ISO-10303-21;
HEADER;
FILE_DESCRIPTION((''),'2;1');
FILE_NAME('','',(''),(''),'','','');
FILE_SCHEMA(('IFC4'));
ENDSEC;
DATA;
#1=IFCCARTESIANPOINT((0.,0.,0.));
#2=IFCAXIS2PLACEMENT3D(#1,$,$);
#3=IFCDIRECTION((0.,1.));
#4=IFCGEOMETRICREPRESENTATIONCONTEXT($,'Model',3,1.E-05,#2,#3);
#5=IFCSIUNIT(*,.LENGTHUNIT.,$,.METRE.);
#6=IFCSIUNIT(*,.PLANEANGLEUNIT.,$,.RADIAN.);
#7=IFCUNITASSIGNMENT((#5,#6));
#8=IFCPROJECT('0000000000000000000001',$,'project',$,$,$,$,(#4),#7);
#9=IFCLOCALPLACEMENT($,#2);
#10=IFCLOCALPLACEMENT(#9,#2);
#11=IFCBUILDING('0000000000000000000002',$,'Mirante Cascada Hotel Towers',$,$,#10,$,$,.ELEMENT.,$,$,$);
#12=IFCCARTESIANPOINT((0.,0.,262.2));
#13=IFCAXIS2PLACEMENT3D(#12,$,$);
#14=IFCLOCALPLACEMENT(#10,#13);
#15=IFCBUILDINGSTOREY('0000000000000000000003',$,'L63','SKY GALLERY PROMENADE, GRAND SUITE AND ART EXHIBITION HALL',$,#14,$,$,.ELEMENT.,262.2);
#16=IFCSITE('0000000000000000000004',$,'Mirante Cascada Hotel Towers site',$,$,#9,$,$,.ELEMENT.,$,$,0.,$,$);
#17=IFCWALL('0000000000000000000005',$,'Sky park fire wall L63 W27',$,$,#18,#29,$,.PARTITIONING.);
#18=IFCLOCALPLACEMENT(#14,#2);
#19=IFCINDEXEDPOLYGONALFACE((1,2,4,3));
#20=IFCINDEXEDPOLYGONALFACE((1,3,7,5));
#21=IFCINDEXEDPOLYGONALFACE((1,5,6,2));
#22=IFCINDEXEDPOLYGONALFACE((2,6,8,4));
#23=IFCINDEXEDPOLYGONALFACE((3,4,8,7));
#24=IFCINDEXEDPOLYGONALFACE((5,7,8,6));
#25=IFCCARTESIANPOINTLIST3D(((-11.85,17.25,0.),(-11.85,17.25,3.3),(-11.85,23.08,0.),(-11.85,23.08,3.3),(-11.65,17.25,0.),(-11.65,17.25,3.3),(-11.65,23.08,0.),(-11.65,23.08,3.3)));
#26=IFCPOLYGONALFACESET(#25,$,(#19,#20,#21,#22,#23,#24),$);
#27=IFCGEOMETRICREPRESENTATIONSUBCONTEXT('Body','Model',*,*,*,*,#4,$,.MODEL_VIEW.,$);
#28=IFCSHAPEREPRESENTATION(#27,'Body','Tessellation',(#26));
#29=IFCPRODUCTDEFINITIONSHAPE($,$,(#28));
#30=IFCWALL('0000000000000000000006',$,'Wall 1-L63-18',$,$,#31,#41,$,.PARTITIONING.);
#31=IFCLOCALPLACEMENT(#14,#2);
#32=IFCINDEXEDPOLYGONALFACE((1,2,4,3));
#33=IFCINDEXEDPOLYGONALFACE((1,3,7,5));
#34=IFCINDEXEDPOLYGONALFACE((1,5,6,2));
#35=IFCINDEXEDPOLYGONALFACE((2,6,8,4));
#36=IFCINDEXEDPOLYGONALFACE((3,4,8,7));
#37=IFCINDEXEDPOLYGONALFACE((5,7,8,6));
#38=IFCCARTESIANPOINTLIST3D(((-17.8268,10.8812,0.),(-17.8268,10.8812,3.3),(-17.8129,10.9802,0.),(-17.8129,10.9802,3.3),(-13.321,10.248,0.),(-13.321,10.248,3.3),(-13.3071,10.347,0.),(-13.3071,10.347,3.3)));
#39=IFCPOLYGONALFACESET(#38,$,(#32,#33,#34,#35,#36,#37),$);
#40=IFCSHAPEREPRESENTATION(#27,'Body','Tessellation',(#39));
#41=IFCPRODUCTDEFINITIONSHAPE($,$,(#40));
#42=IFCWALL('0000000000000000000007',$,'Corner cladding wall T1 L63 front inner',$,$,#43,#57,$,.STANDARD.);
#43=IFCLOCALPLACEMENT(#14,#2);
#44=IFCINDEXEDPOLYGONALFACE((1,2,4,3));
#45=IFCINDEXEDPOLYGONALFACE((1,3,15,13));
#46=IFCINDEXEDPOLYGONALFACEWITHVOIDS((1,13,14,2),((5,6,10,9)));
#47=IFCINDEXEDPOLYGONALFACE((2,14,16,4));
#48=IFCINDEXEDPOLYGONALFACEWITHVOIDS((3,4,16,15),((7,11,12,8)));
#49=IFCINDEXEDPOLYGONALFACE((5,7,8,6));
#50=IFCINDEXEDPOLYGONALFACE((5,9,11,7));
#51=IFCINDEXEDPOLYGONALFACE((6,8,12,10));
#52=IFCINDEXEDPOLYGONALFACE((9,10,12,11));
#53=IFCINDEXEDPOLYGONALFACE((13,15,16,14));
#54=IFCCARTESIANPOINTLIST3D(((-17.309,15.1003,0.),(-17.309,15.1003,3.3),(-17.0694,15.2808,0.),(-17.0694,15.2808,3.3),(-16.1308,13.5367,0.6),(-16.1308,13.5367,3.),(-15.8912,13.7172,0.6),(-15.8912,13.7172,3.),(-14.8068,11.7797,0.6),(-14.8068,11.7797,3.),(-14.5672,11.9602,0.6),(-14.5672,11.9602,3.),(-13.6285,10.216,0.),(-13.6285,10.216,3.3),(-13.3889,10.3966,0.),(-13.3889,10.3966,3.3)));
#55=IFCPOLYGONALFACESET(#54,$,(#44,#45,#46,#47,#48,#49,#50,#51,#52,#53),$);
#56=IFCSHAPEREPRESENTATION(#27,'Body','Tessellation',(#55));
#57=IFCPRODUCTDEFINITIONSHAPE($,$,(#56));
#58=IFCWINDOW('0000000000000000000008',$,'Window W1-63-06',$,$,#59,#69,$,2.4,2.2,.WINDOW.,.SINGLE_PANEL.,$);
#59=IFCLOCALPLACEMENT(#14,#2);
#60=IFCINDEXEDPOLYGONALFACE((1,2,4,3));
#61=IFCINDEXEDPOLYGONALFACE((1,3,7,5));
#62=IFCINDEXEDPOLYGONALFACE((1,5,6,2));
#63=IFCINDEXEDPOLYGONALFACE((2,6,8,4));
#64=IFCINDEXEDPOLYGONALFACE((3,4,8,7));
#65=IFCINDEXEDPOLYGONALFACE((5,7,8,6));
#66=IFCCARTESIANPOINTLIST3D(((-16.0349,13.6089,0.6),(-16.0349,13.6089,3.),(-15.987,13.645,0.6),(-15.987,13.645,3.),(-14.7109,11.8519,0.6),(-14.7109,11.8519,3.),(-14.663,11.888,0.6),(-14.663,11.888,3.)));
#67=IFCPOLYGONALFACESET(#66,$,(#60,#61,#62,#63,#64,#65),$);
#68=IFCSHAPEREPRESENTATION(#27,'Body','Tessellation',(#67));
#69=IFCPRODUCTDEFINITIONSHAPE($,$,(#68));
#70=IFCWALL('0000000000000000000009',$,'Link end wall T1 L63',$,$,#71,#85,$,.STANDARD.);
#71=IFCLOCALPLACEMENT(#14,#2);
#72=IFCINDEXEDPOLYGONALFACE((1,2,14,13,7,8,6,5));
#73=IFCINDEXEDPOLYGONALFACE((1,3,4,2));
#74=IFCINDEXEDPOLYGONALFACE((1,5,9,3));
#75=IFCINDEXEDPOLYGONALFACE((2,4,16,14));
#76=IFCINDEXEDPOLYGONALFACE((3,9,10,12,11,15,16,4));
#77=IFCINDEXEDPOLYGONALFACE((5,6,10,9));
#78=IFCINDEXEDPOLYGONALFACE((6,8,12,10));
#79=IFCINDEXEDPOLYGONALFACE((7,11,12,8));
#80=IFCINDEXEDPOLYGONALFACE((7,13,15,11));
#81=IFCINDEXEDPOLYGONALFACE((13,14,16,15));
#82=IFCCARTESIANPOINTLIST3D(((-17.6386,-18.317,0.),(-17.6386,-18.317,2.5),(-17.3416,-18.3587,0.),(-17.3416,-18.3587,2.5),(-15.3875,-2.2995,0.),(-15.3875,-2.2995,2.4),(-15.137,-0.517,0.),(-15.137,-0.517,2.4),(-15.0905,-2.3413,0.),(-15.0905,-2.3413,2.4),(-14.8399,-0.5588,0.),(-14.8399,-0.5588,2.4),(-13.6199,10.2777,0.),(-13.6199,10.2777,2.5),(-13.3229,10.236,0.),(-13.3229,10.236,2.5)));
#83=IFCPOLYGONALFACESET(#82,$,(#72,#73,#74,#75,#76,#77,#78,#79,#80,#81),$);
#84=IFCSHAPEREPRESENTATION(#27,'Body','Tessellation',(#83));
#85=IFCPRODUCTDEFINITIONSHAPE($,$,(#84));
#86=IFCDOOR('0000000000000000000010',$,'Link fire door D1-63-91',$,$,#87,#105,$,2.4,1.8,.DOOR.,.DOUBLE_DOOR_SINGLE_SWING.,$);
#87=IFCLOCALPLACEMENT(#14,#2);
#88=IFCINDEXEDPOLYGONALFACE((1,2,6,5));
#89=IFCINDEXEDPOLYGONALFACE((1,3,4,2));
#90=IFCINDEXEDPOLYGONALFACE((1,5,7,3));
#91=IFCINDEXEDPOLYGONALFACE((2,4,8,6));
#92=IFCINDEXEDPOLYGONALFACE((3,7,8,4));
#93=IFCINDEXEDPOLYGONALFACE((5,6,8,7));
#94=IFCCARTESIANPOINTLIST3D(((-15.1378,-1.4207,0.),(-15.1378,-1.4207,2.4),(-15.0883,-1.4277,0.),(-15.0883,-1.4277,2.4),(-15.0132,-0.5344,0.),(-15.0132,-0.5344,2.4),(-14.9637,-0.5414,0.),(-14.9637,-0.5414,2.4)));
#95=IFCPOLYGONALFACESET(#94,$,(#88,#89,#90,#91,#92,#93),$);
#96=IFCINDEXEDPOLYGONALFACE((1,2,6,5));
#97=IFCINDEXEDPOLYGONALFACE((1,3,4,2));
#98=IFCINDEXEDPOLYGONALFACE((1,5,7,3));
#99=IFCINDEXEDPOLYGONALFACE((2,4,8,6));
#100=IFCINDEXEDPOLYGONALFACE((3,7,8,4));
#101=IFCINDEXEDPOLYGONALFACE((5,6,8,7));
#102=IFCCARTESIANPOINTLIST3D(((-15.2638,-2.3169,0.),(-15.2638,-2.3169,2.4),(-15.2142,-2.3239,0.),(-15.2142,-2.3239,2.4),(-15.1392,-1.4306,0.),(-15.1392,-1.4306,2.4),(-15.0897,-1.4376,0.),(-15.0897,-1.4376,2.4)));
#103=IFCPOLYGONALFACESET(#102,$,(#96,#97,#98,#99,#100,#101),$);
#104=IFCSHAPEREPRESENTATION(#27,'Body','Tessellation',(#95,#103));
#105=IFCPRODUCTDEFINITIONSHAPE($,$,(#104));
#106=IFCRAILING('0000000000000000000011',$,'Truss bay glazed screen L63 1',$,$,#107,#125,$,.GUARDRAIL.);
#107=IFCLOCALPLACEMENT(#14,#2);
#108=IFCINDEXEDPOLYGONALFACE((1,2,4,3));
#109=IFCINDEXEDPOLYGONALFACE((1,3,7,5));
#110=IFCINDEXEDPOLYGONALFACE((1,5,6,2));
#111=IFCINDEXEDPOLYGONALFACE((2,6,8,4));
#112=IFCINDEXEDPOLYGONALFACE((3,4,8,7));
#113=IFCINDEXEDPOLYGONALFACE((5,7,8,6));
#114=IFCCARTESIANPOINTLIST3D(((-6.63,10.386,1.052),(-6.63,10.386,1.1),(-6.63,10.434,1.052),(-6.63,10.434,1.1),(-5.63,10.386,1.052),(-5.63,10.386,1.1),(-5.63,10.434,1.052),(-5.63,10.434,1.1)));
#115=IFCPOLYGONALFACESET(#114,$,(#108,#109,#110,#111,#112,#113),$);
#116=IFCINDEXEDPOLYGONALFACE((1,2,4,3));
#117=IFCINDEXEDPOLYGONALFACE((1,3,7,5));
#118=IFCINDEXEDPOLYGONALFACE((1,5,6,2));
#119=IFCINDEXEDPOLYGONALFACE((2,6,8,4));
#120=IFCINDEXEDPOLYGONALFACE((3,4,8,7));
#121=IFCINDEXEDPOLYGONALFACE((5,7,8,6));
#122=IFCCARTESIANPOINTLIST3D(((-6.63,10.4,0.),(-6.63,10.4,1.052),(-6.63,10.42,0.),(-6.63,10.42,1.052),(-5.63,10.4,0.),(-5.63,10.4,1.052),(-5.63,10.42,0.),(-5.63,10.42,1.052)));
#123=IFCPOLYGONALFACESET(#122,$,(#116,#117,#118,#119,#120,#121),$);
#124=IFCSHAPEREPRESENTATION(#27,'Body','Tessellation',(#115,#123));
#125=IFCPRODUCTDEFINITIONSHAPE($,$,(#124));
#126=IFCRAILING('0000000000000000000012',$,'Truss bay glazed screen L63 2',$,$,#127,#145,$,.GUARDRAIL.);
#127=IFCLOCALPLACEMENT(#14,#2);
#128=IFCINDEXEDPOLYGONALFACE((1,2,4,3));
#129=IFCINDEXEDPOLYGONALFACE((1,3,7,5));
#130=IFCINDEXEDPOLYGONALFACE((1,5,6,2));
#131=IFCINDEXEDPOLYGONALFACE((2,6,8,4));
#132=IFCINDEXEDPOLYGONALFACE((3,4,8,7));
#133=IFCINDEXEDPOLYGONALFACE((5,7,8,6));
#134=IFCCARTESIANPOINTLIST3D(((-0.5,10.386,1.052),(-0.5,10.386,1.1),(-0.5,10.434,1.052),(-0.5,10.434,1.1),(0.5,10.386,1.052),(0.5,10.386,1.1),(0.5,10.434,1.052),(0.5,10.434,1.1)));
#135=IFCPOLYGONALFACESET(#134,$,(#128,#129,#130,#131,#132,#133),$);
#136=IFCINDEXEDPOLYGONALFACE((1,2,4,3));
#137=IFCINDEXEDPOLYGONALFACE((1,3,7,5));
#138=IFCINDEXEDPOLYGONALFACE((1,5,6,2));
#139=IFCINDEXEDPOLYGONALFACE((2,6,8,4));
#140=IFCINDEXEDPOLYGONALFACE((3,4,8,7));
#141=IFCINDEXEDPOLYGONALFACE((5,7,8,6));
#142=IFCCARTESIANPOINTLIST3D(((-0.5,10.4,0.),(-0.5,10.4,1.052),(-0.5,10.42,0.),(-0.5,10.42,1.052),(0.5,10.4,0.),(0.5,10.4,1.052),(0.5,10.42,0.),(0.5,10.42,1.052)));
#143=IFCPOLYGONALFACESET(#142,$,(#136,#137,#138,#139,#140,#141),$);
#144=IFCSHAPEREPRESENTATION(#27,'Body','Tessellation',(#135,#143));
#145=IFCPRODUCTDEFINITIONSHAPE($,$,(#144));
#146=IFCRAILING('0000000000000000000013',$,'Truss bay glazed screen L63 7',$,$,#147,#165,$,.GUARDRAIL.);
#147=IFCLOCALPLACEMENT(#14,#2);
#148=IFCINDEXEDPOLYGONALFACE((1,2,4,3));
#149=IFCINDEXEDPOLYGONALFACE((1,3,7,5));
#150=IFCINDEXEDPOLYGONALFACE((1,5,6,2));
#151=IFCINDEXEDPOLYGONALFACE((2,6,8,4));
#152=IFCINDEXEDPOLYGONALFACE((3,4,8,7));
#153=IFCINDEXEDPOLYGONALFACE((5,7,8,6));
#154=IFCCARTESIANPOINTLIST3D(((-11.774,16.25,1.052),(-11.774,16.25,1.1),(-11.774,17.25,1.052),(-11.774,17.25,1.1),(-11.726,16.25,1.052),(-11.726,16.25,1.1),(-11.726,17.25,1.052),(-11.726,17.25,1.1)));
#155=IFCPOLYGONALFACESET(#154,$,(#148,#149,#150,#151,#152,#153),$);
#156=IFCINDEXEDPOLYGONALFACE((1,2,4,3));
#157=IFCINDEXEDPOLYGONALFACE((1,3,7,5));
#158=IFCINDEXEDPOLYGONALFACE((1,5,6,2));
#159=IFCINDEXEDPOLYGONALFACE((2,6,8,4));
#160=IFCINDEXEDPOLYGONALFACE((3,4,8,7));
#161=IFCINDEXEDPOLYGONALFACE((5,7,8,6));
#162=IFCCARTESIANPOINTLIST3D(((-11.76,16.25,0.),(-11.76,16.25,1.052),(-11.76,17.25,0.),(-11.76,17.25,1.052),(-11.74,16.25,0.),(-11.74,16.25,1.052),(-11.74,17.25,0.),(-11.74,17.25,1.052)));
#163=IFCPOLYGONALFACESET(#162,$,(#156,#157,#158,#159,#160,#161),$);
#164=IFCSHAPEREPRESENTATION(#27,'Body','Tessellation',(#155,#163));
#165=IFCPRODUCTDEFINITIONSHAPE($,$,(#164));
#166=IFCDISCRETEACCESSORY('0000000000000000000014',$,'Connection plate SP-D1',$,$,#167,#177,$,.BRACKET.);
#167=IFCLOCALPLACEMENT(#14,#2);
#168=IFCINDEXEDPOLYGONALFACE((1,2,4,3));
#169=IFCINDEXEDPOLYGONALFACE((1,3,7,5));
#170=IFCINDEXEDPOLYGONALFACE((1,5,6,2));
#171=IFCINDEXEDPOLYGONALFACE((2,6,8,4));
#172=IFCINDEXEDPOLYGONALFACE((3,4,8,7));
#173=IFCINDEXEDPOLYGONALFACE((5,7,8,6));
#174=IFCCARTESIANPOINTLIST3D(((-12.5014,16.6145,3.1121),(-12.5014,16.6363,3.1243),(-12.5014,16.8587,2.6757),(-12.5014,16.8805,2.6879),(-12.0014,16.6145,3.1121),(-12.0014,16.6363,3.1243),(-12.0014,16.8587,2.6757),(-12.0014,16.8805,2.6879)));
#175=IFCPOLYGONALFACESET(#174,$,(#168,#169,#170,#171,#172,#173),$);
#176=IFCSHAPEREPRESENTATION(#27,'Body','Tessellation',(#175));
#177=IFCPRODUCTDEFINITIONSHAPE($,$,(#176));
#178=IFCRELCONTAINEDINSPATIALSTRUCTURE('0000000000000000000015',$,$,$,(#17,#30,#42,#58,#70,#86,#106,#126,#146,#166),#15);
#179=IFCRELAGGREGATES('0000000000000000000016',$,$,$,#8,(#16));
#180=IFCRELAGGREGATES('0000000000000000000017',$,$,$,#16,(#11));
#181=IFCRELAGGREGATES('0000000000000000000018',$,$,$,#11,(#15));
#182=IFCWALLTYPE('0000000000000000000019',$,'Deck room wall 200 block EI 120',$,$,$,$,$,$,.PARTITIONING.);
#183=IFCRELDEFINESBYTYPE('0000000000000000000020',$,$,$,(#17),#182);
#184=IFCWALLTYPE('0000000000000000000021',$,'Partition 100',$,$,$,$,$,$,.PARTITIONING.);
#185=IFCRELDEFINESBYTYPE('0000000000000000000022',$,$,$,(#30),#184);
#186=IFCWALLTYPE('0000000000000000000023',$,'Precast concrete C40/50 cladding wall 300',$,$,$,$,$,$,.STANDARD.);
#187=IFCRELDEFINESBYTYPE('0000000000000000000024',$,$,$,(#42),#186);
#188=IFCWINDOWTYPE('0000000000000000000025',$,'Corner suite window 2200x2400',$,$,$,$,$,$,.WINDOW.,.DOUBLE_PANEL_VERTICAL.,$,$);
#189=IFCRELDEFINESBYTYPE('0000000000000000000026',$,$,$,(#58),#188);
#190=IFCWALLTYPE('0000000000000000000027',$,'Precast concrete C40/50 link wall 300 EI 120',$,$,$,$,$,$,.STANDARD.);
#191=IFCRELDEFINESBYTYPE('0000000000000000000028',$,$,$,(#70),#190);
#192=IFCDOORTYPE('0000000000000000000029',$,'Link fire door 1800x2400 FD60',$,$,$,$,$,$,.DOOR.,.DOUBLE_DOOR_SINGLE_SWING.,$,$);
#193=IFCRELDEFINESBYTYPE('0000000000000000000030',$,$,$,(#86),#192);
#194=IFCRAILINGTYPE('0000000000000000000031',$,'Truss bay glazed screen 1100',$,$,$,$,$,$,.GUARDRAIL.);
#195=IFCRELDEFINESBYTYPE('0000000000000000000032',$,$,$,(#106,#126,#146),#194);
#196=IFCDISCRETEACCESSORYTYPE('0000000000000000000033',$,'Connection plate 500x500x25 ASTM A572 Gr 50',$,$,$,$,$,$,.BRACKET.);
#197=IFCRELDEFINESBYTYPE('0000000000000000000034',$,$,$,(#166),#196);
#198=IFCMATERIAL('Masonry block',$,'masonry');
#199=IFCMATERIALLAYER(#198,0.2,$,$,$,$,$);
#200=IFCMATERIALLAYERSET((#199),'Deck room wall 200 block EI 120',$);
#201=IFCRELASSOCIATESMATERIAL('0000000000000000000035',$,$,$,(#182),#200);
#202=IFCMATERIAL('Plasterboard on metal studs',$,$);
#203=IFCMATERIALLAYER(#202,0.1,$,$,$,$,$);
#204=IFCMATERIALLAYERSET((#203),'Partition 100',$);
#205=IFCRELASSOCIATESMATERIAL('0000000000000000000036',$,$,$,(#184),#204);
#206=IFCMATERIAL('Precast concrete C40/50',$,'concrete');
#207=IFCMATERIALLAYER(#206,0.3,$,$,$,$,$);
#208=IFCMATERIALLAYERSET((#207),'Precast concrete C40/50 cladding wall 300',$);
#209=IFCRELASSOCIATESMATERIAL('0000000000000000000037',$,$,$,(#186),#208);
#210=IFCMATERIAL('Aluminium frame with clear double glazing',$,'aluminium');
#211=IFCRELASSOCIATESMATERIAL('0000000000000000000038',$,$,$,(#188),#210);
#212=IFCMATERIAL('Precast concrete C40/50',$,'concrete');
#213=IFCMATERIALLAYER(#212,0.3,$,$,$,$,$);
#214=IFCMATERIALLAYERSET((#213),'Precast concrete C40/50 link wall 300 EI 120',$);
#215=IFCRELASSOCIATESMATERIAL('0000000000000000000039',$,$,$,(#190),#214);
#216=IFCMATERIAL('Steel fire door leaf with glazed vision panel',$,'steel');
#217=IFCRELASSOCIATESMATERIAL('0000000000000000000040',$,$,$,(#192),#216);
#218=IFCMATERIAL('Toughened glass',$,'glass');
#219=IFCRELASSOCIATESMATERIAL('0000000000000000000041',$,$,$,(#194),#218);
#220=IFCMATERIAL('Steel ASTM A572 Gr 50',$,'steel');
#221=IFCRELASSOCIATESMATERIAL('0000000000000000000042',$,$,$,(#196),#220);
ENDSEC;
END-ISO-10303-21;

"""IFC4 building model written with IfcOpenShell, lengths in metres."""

from ifc_helpers import new_model, si_unit, direction, frame, frame_2d, origin, origin_2d, place, context, subcontext, project, spatial, rectangle, extrude, material, layer, layer_set, material_profile, profile_set, type_object, element, fill, save


model = new_model("IFC4")

# Units and contexts
model_context = context("Model", 3, precision=1e-05, world=origin(), true_north=direction((0.0, 1.0)))
body_context = subcontext(model_context, "Body", "Model", "MODEL_VIEW")
ifc_project = project(units=[si_unit("LENGTHUNIT", "METRE"), si_unit("PLANEANGLEUNIT", "RADIAN")], contexts=[model_context])

# Site, building, storey
site_placement = place(None, origin())
site = spatial("IfcSite", under=ifc_project, at=site_placement, Name="Mirante Cascada Hotel Towers site", CompositionType="ELEMENT", RefElevation=0.0)
building_placement = place(site_placement, origin())
building = spatial("IfcBuilding", under=site, at=building_placement, Name="Mirante Cascada Hotel Towers", CompositionType="ELEMENT")
storey_placement = place(building_placement, frame((0.0, 0.0, 262.2)))
storey = spatial("IfcBuildingStorey", under=building, at=storey_placement, Name="L63", Description="SKY GALLERY PROMENADE, GRAND SUITE AND ART EXHIBITION HALL", CompositionType="ELEMENT", Elevation=262.2)

# Shared definitions
ifc_material_1 = material(Name="Masonry block", Category="masonry")
ifc_layer_1 = layer(ifc_material_1, 0.2)
ifc_layer_set_1 = layer_set([ifc_layer_1], Name="Deck room wall 200 block EI 120")
wall_type_1 = type_object("IfcWallType", Name="Deck room wall 200 block EI 120", PredefinedType="PARTITIONING", material=ifc_layer_set_1)

# Walls
wall_1_placement = place(storey_placement, frame((-11.75, 17.25, 0.0), z_axis=(0.0, 0.0, 1.0), x_axis=(0.0, 1.0, 0.0)))
element("IfcWall", 1, at=wall_1_placement, inside=storey, type_object=wall_type_1, Name="Sky park fire wall L63 W27", PredefinedType="PARTITIONING", context=body_context, shape_type="SweptSolid", body=[
    extrude(rectangle(XDim=5.83, YDim=0.2, at=frame_2d((2.915, 0.0))), origin(), (0.0, 0.0, 1.0), 3.3),
])
ifc_material_2 = material(Name="Plasterboard on metal studs")
ifc_layer_2 = layer(ifc_material_2, 0.1)
ifc_layer_set_2 = layer_set([ifc_layer_2], Name="Partition 100")
wall_type_2 = type_object("IfcWallType", Name="Partition 100", PredefinedType="PARTITIONING", material=ifc_layer_set_2)
wall_2_placement = place(storey_placement, frame((-13.3141, 10.2975, 0.0), z_axis=(0.0, 0.0, 1.0), x_axis=(-0.99027, 0.139163, 0.0)))
element("IfcWall", 2, at=wall_2_placement, inside=storey, type_object=wall_type_2, Name="Wall 1-L63-18", PredefinedType="PARTITIONING", context=body_context, shape_type="SweptSolid", body=[
    extrude(rectangle(XDim=4.5501, YDim=0.1, at=frame_2d((2.275, 0.0))), origin(), (0.0, 0.0, 1.0), 3.3),
])

# Wall, opening, window
ifc_material_3 = material(Name="Precast concrete C40/50", Category="concrete")
ifc_layer_3 = layer(ifc_material_3, 0.3)
ifc_layer_set_3 = layer_set([ifc_layer_3], Name="Precast concrete C40/50 cladding wall 300")
wall_type_3 = type_object("IfcWallType", Name="Precast concrete C40/50 cladding wall 300", PredefinedType="STANDARD", material=ifc_layer_set_3)
wall_3_placement = place(storey_placement, frame((-17.1892, 15.1905, 0.0), z_axis=(0.0, 0.0, 1.0), x_axis=(0.601814, -0.798636, 0.0)))
wall_3 = element("IfcWall", 3, at=wall_3_placement, inside=storey, type_object=wall_type_3, Name="Corner cladding wall T1 L63 front inner", PredefinedType="STANDARD", context=body_context, shape_type="SweptSolid", body=[
    extrude(rectangle(XDim=6.1157, YDim=0.3, at=frame_2d((3.0578, 0.0))), origin(), (0.0, 0.0, 1.0), 3.3),
])
opening_1_placement = place(wall_3_placement, frame((1.9578, 0.0, 0.6)))
opening_1 = element("IfcOpeningElement", 4, at=opening_1_placement, cuts=wall_3, PredefinedType="OPENING", context=body_context, shape_type="SweptSolid", body=[
    extrude(rectangle(XDim=2.2, YDim=2.4, at=frame_2d((1.1, 1.2))), frame((0.0, 0.15, 0.0), z_axis=(0.0, -1.0, 0.0), x_axis=(1.0, 0.0, 0.0)), (0.0, 0.0, 1.0), 0.3),
])
ifc_material_4 = material(Name="Aluminium frame with clear double glazing", Category="aluminium")
window_type = type_object("IfcWindowType", Name="Corner suite window 2200x2400", PartitioningType="DOUBLE_PANEL_VERTICAL", PredefinedType="WINDOW", material=ifc_material_4)
window_placement = place(opening_1_placement, origin())
window = element("IfcWindow", 5, at=window_placement, inside=storey, type_object=window_type, Name="Window W1-63-06", OverallHeight=2.4, OverallWidth=2.2, PartitioningType="SINGLE_PANEL", PredefinedType="WINDOW", context=body_context, shape_type="SweptSolid", body=[
    extrude(rectangle(XDim=2.2, YDim=2.4, at=frame_2d((1.1, 1.2))), frame((0.0, 0.03, 0.0), z_axis=(0.0, -1.0, 0.0), x_axis=(1.0, 0.0, 0.0)), (0.0, 0.0, 1.0), 0.06),
])
fill(opening_1, window)

# Wall, opening, door
ifc_material_5 = material(Name="Precast concrete C40/50", Category="concrete")
ifc_layer_4 = layer(ifc_material_5, 0.3)
ifc_layer_set_4 = layer_set([ifc_layer_4], Name="Precast concrete C40/50 link wall 300 EI 120")
wall_type_4 = type_object("IfcWallType", Name="Precast concrete C40/50 link wall 300 EI 120", PredefinedType="STANDARD", material=ifc_layer_set_4)
wall_4_placement = place(storey_placement, frame((-13.4714, 10.2568, 0.0), z_axis=(0.0, 0.0, 1.0), x_axis=(-0.139172, -0.990268, 0.0)))
wall_4 = element("IfcWall", 6, at=wall_4_placement, inside=storey, type_object=wall_type_4, Name="Link end wall T1 L63", PredefinedType="STANDARD", context=body_context, shape_type="SweptSolid", body=[
    extrude(rectangle(XDim=28.8757, YDim=0.3, at=frame_2d((14.4378, 0.0))), origin(), (0.0, 0.0, 1.0), 2.5),
])
opening_2_placement = place(wall_4_placement, frame((10.9008, 0.0, 0.0)))
opening_2 = element("IfcOpeningElement", 7, at=opening_2_placement, cuts=wall_4, PredefinedType="OPENING", context=body_context, shape_type="SweptSolid", body=[
    extrude(rectangle(XDim=1.8, YDim=2.4, at=frame_2d((0.9, 1.2))), frame((0.0, 0.15, 0.0), z_axis=(0.0, -1.0, 0.0), x_axis=(1.0, 0.0, 0.0)), (0.0, 0.0, 1.0), 0.3),
])
ifc_material_6 = material(Name="Steel fire door leaf with glazed vision panel", Category="steel")
door_type_1 = type_object("IfcDoorType", Name="Link fire door 1800x2400 FD60", OperationType="DOUBLE_DOOR_SINGLE_SWING", PredefinedType="DOOR", material=ifc_material_6)
door_1_placement = place(opening_2_placement, origin())
door_1 = element("IfcDoor", 8, at=door_1_placement, inside=storey, type_object=door_type_1, Name="Link fire door D1-63-91", OperationType="DOUBLE_DOOR_SINGLE_SWING", OverallHeight=2.4, OverallWidth=1.8, PredefinedType="DOOR", context=body_context, shape_type="SweptSolid", body=[
    extrude(rectangle(XDim=0.895, YDim=2.4, at=frame_2d((0.4475, 1.2))), frame((0.0, 0.025, 0.0), z_axis=(0.0, -1.0, 0.0), x_axis=(1.0, 0.0, 0.0)), (0.0, 0.0, 1.0), 0.05),
    extrude(rectangle(XDim=0.895, YDim=2.4, at=frame_2d((1.3525, 1.2))), frame((0.0, 0.025, 0.0), z_axis=(0.0, -1.0, 0.0), x_axis=(1.0, 0.0, 0.0)), (0.0, 0.0, 1.0), 0.05),
])
fill(opening_2, door_1)

# Railings
ifc_material_7 = material(Name="Toughened glass", Category="glass")
railing_type_1 = type_object("IfcRailingType", Name="Truss bay glazed screen 1100", PredefinedType="GUARDRAIL", material=ifc_material_7)
for number, where, name in (
    (9, (-6.63, 10.41, 0.0), "Truss bay glazed screen L63 1"),
    (10, (-0.5, 10.41, 0.0), "Truss bay glazed screen L63 2"),
):
    element("IfcRailing", number, at=place(storey_placement, frame(where)), inside=storey, type_object=railing_type_1, Name=name, PredefinedType="GUARDRAIL", context=body_context, shape_type="SweptSolid", body=[
        extrude(rectangle(XDim=0.048, YDim=0.048, at=origin_2d()), frame((0.0, 0.0, 1.076), z_axis=(1.0, 0.0, 0.0), x_axis=(0.0, 1.0, 0.0)), (0.0, 0.0, 1.0), 1.0),
        extrude(rectangle(XDim=0.02, YDim=1.052, at=origin_2d()), frame((0.0, 0.0, 0.526), z_axis=(1.0, 0.0, 0.0), x_axis=(0.0, 1.0, 0.0)), (0.0, 0.0, 1.0), 1.0),
    ])
railing_1_placement = place(storey_placement, frame((-11.75, 16.25, 0.0)))
element("IfcRailing", 11, at=railing_1_placement, inside=storey, type_object=railing_type_1, Name="Truss bay glazed screen L63 7", PredefinedType="GUARDRAIL", context=body_context, shape_type="SweptSolid", body=[
    extrude(rectangle(XDim=0.048, YDim=0.048, at=origin_2d()), frame((0.0, 0.0, 1.076), z_axis=(0.0, 1.0, 0.0), x_axis=(-1.0, 0.0, 0.0)), (0.0, 0.0, 1.0), 1.0),
    extrude(rectangle(XDim=0.02, YDim=1.052, at=origin_2d()), frame((0.0, 0.0, 0.526), z_axis=(0.0, 1.0, 0.0), x_axis=(-1.0, 0.0, 0.0)), (0.0, 0.0, 1.0), 1.0),
])

# Discrete accessory
ifc_material_8 = material(Name="Steel ASTM A572 Gr 50", Category="steel")
ifc_material_profile_1 = material_profile(ifc_material_8, rectangle(XDim=0.5, YDim=0.5, at=origin_2d()), Name="Connection plate 500x500x25 ASTM A572 Gr 50")
ifc_profile_set_1 = profile_set([ifc_material_profile_1], Name="Steel ASTM A572 Gr 50")
discrete_accessory_type = type_object("IfcDiscreteAccessoryType", Name="Connection plate 500x500x25 ASTM A572 Gr 50", PredefinedType="BRACKET", material=ifc_profile_set_1)
for number, where, z_axis, x_axis, name in (
    (12, (-12.2514, 16.7366, 2.8939), (0.0, 0.872642, 0.48836), (-1.0, 0.0, 0.0), "Connection plate SP-D1"),
):
    element("IfcDiscreteAccessory", number, at=place(storey_placement, frame(where, z_axis=z_axis, x_axis=x_axis)), inside=storey, type_object=discrete_accessory_type, Name=name, PredefinedType="BRACKET", context=body_context, shape_type="SweptSolid", body=[
        extrude(rectangle(XDim=0.5, YDim=0.5, at=origin_2d()), origin(), (0.0, 0.0, 1.0), 0.025),
    ])

save(model, "model.ifc")
